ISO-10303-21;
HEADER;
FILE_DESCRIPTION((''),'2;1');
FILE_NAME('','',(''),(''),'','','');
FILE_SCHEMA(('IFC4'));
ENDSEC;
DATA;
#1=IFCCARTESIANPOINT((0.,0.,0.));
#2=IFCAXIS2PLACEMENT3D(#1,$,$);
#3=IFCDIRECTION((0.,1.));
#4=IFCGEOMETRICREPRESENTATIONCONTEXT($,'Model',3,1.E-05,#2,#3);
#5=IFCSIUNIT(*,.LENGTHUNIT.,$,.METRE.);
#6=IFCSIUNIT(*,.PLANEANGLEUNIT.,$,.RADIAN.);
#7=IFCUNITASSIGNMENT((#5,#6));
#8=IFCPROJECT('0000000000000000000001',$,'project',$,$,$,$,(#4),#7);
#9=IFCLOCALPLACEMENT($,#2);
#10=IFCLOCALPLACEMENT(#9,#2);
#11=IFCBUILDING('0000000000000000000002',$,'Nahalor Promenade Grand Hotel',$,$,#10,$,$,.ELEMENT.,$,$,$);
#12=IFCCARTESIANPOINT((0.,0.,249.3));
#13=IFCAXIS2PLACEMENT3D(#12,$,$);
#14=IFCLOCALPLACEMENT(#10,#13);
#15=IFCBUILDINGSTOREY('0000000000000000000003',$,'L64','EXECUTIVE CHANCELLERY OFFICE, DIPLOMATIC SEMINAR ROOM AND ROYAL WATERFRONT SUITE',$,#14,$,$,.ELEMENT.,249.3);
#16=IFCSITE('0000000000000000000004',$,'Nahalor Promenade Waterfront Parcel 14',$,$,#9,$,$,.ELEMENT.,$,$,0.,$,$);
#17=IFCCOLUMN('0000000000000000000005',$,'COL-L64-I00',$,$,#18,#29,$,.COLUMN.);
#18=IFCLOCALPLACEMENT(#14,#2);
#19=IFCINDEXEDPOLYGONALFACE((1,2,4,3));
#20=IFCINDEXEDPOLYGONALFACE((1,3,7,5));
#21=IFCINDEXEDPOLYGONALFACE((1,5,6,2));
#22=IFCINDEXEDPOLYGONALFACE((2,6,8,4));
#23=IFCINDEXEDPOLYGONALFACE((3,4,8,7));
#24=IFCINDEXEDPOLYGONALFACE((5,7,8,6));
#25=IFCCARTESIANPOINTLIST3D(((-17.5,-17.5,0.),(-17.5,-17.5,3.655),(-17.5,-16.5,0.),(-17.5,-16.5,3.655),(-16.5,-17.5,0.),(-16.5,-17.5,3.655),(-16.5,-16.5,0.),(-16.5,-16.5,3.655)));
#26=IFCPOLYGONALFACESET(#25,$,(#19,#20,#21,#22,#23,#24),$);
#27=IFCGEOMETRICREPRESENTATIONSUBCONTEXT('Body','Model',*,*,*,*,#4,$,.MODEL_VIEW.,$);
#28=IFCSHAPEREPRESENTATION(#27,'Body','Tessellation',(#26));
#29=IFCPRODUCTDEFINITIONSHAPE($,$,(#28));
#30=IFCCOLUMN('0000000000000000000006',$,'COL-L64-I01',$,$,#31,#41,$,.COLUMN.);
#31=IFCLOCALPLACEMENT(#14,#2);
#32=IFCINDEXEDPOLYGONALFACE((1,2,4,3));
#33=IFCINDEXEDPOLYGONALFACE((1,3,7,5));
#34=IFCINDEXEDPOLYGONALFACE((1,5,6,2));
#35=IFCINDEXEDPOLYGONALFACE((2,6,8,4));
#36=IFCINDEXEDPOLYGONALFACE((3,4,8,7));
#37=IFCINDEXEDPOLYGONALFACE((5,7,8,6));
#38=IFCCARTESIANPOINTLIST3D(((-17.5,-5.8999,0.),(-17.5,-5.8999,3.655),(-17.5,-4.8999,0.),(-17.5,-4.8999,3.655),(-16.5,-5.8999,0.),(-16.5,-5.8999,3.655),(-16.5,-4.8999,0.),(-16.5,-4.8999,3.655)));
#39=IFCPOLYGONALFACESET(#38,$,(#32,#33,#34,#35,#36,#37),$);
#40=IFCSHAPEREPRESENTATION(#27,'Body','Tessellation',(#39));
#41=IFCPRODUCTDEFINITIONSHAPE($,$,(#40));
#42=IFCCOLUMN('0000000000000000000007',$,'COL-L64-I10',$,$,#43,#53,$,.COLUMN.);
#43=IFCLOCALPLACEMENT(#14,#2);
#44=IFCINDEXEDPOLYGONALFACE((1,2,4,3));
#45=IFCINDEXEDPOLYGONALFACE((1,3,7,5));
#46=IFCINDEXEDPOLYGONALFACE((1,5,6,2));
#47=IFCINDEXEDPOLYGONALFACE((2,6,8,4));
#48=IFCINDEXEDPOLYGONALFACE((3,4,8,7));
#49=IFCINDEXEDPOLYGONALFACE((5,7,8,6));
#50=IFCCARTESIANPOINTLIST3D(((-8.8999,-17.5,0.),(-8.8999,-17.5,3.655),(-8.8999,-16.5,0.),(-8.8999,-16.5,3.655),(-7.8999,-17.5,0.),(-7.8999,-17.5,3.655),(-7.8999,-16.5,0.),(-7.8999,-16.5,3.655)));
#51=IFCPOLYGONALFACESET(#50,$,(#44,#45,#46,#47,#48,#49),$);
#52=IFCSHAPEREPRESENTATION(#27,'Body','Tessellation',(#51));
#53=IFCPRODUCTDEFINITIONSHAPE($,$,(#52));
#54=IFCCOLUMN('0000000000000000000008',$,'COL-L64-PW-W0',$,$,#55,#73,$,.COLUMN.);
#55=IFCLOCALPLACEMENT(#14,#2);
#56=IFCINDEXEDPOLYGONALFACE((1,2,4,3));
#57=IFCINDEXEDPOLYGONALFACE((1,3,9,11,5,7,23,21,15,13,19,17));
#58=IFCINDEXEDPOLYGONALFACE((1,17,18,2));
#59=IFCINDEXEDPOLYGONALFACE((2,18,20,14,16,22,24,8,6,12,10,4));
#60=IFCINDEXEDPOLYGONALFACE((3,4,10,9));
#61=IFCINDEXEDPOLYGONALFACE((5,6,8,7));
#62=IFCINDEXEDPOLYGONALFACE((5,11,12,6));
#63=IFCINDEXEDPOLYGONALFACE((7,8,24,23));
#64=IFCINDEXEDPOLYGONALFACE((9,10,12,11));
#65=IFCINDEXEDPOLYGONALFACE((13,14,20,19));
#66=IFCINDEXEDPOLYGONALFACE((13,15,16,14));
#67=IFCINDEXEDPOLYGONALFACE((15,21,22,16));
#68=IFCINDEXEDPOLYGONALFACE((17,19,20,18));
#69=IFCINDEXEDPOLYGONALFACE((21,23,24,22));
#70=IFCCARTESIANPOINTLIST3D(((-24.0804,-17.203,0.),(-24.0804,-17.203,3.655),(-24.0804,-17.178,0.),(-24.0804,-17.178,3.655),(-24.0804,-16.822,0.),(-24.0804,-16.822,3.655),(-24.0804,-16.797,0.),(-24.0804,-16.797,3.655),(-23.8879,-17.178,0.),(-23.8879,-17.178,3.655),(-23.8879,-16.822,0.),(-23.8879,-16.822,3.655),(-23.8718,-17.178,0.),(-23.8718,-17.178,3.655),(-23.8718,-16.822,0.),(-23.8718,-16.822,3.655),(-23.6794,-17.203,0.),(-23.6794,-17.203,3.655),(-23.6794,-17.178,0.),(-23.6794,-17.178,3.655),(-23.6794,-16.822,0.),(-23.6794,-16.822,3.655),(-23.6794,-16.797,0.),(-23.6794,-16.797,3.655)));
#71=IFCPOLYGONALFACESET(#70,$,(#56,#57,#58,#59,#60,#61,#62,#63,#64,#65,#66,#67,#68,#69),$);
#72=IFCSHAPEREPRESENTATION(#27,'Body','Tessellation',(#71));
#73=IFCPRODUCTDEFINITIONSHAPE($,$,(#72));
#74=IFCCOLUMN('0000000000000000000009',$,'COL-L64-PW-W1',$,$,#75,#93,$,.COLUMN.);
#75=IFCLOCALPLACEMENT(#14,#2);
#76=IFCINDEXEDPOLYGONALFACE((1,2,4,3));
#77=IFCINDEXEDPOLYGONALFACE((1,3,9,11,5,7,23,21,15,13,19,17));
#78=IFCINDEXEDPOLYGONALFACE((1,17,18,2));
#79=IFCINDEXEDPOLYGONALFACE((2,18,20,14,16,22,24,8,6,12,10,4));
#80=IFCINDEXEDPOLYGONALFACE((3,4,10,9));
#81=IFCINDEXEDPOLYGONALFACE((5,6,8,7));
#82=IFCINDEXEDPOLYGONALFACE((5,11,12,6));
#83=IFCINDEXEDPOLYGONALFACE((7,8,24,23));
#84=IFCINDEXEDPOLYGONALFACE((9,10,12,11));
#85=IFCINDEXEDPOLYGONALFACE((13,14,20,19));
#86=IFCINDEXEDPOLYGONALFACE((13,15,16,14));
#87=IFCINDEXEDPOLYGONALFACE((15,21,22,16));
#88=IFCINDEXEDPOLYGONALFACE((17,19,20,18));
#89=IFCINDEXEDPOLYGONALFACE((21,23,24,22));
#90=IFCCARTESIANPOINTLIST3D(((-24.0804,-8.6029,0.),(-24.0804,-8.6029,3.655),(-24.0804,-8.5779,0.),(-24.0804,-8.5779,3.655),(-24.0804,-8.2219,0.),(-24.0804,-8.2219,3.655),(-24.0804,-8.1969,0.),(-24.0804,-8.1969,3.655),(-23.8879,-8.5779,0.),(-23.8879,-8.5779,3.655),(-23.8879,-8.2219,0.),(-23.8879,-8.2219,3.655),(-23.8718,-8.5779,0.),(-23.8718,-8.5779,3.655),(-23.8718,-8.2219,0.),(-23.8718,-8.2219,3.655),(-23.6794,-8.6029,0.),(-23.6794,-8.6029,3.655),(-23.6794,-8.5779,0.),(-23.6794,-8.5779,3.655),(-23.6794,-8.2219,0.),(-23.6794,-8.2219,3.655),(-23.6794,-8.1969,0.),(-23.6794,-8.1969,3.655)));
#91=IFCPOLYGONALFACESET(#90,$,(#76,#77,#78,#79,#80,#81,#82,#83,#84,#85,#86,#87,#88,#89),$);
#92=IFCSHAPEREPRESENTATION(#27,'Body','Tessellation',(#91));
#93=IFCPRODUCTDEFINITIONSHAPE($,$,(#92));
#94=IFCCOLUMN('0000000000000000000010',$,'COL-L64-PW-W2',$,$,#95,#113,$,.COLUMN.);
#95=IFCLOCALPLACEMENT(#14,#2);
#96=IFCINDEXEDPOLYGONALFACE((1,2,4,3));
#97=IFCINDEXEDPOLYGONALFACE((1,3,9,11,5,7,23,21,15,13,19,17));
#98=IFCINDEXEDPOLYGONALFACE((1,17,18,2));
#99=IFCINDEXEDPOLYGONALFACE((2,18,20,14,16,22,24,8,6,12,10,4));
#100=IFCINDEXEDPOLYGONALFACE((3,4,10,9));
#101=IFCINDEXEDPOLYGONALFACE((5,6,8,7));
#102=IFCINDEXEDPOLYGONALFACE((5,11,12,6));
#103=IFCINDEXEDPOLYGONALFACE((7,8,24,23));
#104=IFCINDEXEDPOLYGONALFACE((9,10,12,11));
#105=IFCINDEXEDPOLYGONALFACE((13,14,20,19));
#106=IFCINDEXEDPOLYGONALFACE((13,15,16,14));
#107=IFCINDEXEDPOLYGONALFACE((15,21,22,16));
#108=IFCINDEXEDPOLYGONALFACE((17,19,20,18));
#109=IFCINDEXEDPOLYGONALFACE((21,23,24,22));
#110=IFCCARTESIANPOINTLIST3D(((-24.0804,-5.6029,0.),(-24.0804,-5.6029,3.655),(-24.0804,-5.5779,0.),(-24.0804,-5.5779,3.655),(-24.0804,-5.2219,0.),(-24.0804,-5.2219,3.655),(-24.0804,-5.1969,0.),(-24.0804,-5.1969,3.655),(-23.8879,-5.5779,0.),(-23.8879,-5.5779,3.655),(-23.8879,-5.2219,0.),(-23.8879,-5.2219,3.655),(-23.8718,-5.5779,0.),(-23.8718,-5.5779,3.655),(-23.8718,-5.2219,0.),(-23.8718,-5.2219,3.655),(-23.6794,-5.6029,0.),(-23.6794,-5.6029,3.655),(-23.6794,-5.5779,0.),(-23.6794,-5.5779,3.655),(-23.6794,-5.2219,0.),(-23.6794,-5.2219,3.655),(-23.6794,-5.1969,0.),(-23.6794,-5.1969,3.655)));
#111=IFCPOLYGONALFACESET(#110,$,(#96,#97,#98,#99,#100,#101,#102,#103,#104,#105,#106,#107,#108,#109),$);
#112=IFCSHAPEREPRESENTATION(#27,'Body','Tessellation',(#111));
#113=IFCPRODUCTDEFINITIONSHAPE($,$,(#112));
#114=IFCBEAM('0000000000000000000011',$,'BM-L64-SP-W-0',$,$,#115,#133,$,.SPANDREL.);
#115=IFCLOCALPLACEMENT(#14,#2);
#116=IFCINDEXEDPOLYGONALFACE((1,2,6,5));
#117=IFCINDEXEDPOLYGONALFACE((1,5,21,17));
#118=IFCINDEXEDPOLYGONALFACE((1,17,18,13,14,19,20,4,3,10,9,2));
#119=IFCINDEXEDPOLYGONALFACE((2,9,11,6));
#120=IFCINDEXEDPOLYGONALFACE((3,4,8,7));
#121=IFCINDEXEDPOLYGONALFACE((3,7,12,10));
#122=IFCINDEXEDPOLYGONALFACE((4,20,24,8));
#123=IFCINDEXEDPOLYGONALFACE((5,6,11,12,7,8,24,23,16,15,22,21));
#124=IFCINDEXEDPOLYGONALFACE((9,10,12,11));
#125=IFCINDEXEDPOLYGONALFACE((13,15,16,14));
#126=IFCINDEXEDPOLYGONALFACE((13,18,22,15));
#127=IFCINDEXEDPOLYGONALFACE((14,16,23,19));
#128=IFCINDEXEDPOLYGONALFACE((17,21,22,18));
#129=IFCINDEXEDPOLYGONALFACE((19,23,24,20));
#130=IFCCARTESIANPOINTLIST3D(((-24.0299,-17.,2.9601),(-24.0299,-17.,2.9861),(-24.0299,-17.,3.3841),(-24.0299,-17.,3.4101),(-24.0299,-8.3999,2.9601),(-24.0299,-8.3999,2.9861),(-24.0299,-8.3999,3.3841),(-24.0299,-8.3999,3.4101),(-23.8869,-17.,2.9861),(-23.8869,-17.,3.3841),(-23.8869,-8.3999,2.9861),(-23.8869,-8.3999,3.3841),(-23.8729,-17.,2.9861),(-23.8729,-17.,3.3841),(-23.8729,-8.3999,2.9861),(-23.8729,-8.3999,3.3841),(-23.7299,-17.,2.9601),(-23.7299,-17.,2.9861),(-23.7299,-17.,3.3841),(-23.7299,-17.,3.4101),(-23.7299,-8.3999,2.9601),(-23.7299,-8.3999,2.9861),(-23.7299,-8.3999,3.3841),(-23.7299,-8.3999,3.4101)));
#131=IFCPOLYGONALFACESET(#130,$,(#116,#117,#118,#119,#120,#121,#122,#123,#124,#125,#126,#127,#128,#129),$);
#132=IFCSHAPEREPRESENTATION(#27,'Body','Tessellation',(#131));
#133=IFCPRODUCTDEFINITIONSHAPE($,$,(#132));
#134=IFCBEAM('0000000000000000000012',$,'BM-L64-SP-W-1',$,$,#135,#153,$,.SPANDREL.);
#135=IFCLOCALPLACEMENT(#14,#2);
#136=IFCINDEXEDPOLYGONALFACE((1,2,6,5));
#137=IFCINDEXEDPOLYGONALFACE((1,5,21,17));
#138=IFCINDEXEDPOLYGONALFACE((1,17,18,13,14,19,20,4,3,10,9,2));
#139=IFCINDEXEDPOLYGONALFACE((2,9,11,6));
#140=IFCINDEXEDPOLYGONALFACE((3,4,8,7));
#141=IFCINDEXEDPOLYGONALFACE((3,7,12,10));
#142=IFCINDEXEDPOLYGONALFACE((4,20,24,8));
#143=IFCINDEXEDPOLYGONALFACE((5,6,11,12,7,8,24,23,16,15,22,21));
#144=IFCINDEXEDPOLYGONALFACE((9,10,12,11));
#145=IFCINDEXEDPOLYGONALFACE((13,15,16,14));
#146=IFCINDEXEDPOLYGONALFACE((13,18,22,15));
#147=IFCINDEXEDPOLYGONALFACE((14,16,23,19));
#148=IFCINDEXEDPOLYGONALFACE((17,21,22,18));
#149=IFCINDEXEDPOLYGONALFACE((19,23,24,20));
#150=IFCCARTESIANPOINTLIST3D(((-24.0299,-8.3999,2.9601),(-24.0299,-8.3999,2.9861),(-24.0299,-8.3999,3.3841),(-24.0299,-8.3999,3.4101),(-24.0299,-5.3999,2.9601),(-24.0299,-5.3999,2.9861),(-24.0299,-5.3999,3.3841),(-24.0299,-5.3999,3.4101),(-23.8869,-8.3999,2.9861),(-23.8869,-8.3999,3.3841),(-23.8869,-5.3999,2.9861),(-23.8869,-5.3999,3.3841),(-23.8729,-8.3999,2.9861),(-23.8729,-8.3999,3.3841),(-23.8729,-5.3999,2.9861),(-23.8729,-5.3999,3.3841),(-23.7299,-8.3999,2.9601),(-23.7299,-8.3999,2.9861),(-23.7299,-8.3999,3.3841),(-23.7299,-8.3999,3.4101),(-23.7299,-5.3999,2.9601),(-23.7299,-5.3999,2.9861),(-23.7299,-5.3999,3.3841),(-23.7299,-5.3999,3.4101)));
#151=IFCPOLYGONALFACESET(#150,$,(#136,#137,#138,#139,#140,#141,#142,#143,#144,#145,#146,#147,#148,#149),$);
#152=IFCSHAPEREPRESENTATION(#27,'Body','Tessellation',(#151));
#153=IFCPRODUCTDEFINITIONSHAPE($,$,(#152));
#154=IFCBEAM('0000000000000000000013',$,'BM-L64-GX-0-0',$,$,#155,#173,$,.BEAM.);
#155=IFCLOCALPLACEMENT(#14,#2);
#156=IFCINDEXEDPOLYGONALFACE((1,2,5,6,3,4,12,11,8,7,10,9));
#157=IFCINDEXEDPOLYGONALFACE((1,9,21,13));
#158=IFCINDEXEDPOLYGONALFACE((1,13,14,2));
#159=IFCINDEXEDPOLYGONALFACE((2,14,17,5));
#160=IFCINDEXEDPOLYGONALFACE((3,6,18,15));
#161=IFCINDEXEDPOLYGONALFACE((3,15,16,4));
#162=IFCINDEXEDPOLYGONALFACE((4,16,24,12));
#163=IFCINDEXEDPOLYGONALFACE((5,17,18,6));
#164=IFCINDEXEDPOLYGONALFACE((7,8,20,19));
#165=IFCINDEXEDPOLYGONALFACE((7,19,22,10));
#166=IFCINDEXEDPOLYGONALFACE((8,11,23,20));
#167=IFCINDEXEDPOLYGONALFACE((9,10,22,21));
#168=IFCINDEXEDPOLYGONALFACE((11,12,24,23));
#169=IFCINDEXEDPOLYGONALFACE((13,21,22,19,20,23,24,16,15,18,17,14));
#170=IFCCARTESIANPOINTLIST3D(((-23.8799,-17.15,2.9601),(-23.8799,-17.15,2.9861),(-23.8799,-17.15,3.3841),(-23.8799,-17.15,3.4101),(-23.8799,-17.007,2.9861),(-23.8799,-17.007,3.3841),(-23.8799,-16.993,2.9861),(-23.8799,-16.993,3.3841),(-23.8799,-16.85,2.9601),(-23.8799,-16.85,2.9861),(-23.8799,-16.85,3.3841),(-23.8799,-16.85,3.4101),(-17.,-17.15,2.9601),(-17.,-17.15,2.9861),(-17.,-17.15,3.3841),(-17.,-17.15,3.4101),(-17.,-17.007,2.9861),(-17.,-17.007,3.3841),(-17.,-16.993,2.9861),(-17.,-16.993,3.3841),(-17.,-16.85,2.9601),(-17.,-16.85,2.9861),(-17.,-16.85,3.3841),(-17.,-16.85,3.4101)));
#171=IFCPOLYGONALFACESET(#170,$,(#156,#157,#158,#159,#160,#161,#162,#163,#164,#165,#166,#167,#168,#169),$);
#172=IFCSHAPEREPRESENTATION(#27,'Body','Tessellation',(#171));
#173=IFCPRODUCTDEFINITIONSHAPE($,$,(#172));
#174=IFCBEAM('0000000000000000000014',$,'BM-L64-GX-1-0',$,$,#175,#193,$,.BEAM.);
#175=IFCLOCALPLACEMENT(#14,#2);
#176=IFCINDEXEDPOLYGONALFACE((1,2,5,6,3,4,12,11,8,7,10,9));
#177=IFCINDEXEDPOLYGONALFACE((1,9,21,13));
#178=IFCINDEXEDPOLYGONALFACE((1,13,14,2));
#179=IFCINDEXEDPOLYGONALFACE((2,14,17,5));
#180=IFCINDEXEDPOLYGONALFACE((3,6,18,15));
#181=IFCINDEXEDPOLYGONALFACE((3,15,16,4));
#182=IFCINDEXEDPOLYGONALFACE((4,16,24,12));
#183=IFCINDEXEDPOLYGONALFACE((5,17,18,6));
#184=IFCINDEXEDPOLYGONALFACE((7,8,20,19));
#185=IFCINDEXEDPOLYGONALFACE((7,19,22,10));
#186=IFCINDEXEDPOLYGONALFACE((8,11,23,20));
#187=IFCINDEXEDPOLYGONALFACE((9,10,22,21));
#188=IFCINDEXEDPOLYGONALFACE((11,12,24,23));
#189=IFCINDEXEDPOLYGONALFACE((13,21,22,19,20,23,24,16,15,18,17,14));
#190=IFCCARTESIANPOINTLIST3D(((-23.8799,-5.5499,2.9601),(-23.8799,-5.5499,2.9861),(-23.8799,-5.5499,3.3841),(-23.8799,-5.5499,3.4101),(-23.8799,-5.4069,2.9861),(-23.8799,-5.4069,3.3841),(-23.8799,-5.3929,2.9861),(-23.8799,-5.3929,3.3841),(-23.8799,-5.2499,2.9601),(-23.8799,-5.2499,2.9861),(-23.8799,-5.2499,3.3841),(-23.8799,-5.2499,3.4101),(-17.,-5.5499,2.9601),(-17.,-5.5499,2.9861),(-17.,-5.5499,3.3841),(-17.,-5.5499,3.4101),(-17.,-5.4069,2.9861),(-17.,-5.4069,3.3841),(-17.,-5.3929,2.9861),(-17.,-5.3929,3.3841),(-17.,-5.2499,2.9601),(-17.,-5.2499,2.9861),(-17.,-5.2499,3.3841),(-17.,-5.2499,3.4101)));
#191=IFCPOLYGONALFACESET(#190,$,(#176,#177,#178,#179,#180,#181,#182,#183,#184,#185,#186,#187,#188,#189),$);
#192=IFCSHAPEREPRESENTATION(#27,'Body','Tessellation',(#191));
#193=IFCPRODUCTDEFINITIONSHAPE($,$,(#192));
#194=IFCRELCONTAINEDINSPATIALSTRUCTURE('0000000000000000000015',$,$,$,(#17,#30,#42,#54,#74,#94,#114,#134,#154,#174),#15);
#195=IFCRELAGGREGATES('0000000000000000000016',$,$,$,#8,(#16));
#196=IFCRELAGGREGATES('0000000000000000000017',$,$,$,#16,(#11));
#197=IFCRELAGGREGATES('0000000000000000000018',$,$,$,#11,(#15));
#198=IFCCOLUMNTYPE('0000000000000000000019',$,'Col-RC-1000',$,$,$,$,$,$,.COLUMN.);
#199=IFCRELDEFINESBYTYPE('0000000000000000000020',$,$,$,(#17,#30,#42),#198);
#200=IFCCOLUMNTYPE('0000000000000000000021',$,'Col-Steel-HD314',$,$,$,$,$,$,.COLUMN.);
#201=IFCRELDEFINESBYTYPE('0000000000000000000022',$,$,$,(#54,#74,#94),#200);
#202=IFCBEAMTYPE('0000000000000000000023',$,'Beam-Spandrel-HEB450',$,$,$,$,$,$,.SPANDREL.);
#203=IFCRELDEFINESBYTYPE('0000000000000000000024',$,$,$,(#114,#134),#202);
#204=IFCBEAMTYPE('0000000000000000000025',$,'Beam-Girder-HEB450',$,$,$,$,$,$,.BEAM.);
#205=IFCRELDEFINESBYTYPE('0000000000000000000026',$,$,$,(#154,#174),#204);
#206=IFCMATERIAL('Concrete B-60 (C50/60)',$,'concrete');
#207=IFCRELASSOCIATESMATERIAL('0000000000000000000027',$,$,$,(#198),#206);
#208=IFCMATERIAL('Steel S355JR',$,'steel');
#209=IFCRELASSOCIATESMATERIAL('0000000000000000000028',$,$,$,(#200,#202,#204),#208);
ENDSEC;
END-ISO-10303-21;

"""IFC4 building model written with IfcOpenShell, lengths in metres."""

from ifc_helpers import new_model, si_unit, direction, frame, origin, origin_2d, place, context, subcontext, project, spatial, rectangle, i_section, extrude, source, transform, mapped, material, material_profile, profile_set, type_object, element, save


model = new_model("IFC4")

# Units and contexts
model_context = context("Model", 3, precision=1e-05, world=origin(), true_north=direction((0.0, 1.0)))
body_context = subcontext(model_context, "Body", "Model", "MODEL_VIEW")
ifc_project = project(units=[si_unit("LENGTHUNIT", "METRE"), si_unit("PLANEANGLEUNIT", "RADIAN")], contexts=[model_context])

# Site, building, storey
site_placement = place(None, origin())
site = spatial("IfcSite", under=ifc_project, at=site_placement, Name="Nahalor Promenade Waterfront Parcel 14", CompositionType="ELEMENT", RefElevation=0.0)
building_placement = place(site_placement, origin())
building = spatial("IfcBuilding", under=site, at=building_placement, Name="Nahalor Promenade Grand Hotel", CompositionType="ELEMENT")
storey_placement = place(building_placement, frame((0.0, 0.0, 249.3)))
storey = spatial("IfcBuildingStorey", under=building, at=storey_placement, Name="L64", Description="EXECUTIVE CHANCELLERY OFFICE, DIPLOMATIC SEMINAR ROOM AND ROYAL WATERFRONT SUITE", CompositionType="ELEMENT", Elevation=249.3)

# Columns
ifc_material_1 = material(Name="Concrete B-60 (C50/60)", Category="concrete")
ifc_material_profile_1 = material_profile(ifc_material_1, rectangle(XDim=1.0, YDim=1.0, at=origin_2d()), Name="RC 1000x1000")
ifc_profile_set_1 = profile_set([ifc_material_profile_1], Name="Concrete B-60 (C50/60)")
column_type_1 = type_object("IfcColumnType", Name="Col-RC-1000", PredefinedType="COLUMN", material=ifc_profile_set_1)
shared_shape_1 = source(origin(), body_context, "Body", "SweptSolid", [
    extrude(rectangle(XDim=1.0, YDim=1.0, at=origin_2d()), origin(), (0.0, 0.0, 1.0), 3.655),
])
for number, where, z_axis, x_axis, name in (
    (1, (-17.0, -17.0, 0.0), (0.0, 0.0, 1.0), (1.0, 0.0, 0.0), "COL-L64-I00"),
    (2, (-17.0, -5.3999, 0.0), (0.0, 0.0, 1.0), (1.0, 0.0, 0.0), "COL-L64-I01"),
    (3, (-8.3999, -17.0, 0.0), (0.0, 0.0, 1.0), (1.0, 0.0, 0.0), "COL-L64-I10"),
):
    element("IfcColumn", number, at=place(storey_placement, frame(where, z_axis=z_axis, x_axis=x_axis)), inside=storey, type_object=column_type_1, Name=name, PredefinedType="COLUMN", context=body_context, shape_type="MappedRepresentation", body=[
        mapped(shared_shape_1, transform((0.0, 0.0, 0.0), scale=1.0)),
    ])
ifc_material_2 = material(Name="Steel S355JR", Category="steel")
ifc_material_profile_2 = material_profile(ifc_material_2, i_section(OverallWidth=0.401, OverallDepth=0.406, WebThickness=0.0161, FlangeThickness=0.025, at=origin_2d()), Name="HD 400x314")
ifc_profile_set_2 = profile_set([ifc_material_profile_2], Name="Steel S355JR")
column_type_2 = type_object("IfcColumnType", Name="Col-Steel-HD314", PredefinedType="COLUMN", material=ifc_profile_set_2)
shared_shape_2 = source(origin(), body_context, "Body", "SweptSolid", [
    extrude(i_section(OverallWidth=0.401, OverallDepth=0.406, WebThickness=0.0161, FlangeThickness=0.025, at=origin_2d()), origin(), (0.0, 0.0, 1.0), 3.655),
])
for number, where, z_axis, x_axis, name in (
    (4, (-23.8799, -17.0, 0.0), (0.0, 0.0, 1.0), (1.0, 0.0, 0.0), "COL-L64-PW-W0"),
    (5, (-23.8799, -8.3999, 0.0), (0.0, 0.0, 1.0), (1.0, 0.0, 0.0), "COL-L64-PW-W1"),
    (6, (-23.8799, -5.3999, 0.0), (0.0, 0.0, 1.0), (1.0, 0.0, 0.0), "COL-L64-PW-W2"),
):
    element("IfcColumn", number, at=place(storey_placement, frame(where, z_axis=z_axis, x_axis=x_axis)), inside=storey, type_object=column_type_2, Name=name, PredefinedType="COLUMN", context=body_context, shape_type="MappedRepresentation", body=[
        mapped(shared_shape_2, transform((0.0, 0.0, 0.0), scale=1.0)),
    ])

# Beams
ifc_material_profile_3 = material_profile(ifc_material_2, i_section(OverallWidth=0.3, OverallDepth=0.45, WebThickness=0.014, FlangeThickness=0.026, at=origin_2d()), Name="HEB 450")
ifc_profile_set_3 = profile_set([ifc_material_profile_3], Name="Steel S355JR")
beam_type_1 = type_object("IfcBeamType", Name="Beam-Spandrel-HEB450", PredefinedType="SPANDREL", material=ifc_profile_set_3)
shared_shape_3 = source(origin(), body_context, "Body", "SweptSolid", [
    extrude(i_section(OverallWidth=0.3, OverallDepth=0.45, WebThickness=0.014, FlangeThickness=0.026, at=origin_2d()), origin(), (0.0, 0.0, 1.0), 8.6001),
])
beam_1_placement = place(storey_placement, frame((-23.8799, -17.0, 3.1851), z_axis=(0.0, 1.0, 0.0), x_axis=(-1.0, 0.0, 0.0)))
element("IfcBeam", 7, at=beam_1_placement, inside=storey, type_object=beam_type_1, Name="BM-L64-SP-W-0", PredefinedType="SPANDREL", context=body_context, shape_type="MappedRepresentation", body=[
    mapped(shared_shape_3, transform((0.0, 0.0, 0.0), scale=1.0)),
])
shared_shape_4 = source(origin(), body_context, "Body", "SweptSolid", [
    extrude(i_section(OverallWidth=0.3, OverallDepth=0.45, WebThickness=0.014, FlangeThickness=0.026, at=origin_2d()), origin(), (0.0, 0.0, 1.0), 3.0),
])
beam_2_placement = place(storey_placement, frame((-23.8799, -8.3999, 3.1851), z_axis=(0.0, 1.0, 0.0), x_axis=(-1.0, 0.0, 0.0)))
element("IfcBeam", 8, at=beam_2_placement, inside=storey, type_object=beam_type_1, Name="BM-L64-SP-W-1", PredefinedType="SPANDREL", context=body_context, shape_type="MappedRepresentation", body=[
    mapped(shared_shape_4, transform((0.0, 0.0, 0.0), scale=1.0)),
])
ifc_material_profile_4 = material_profile(ifc_material_2, i_section(OverallWidth=0.3, OverallDepth=0.45, WebThickness=0.014, FlangeThickness=0.026, at=origin_2d()), Name="HEB 450")
ifc_profile_set_4 = profile_set([ifc_material_profile_4], Name="Steel S355JR")
beam_type_2 = type_object("IfcBeamType", Name="Beam-Girder-HEB450", PredefinedType="BEAM", material=ifc_profile_set_4)
shared_shape_5 = source(origin(), body_context, "Body", "SweptSolid", [
    extrude(i_section(OverallWidth=0.3, OverallDepth=0.45, WebThickness=0.014, FlangeThickness=0.026, at=origin_2d()), origin(), (0.0, 0.0, 1.0), 6.8799),
])
for number, where, z_axis, x_axis, name in (
    (9, (-23.8799, -17.0, 3.1851), (1.0, 0.0, 0.0), (0.0, 1.0, 0.0), "BM-L64-GX-0-0"),
    (10, (-23.8799, -5.3999, 3.1851), (1.0, 0.0, 0.0), (0.0, 1.0, 0.0), "BM-L64-GX-1-0"),
):
    element("IfcBeam", number, at=place(storey_placement, frame(where, z_axis=z_axis, x_axis=x_axis)), inside=storey, type_object=beam_type_2, Name=name, PredefinedType="BEAM", context=body_context, shape_type="MappedRepresentation", body=[
        mapped(shared_shape_5, transform((0.0, 0.0, 0.0), scale=1.0)),
    ])

save(model, "model.ifc")
